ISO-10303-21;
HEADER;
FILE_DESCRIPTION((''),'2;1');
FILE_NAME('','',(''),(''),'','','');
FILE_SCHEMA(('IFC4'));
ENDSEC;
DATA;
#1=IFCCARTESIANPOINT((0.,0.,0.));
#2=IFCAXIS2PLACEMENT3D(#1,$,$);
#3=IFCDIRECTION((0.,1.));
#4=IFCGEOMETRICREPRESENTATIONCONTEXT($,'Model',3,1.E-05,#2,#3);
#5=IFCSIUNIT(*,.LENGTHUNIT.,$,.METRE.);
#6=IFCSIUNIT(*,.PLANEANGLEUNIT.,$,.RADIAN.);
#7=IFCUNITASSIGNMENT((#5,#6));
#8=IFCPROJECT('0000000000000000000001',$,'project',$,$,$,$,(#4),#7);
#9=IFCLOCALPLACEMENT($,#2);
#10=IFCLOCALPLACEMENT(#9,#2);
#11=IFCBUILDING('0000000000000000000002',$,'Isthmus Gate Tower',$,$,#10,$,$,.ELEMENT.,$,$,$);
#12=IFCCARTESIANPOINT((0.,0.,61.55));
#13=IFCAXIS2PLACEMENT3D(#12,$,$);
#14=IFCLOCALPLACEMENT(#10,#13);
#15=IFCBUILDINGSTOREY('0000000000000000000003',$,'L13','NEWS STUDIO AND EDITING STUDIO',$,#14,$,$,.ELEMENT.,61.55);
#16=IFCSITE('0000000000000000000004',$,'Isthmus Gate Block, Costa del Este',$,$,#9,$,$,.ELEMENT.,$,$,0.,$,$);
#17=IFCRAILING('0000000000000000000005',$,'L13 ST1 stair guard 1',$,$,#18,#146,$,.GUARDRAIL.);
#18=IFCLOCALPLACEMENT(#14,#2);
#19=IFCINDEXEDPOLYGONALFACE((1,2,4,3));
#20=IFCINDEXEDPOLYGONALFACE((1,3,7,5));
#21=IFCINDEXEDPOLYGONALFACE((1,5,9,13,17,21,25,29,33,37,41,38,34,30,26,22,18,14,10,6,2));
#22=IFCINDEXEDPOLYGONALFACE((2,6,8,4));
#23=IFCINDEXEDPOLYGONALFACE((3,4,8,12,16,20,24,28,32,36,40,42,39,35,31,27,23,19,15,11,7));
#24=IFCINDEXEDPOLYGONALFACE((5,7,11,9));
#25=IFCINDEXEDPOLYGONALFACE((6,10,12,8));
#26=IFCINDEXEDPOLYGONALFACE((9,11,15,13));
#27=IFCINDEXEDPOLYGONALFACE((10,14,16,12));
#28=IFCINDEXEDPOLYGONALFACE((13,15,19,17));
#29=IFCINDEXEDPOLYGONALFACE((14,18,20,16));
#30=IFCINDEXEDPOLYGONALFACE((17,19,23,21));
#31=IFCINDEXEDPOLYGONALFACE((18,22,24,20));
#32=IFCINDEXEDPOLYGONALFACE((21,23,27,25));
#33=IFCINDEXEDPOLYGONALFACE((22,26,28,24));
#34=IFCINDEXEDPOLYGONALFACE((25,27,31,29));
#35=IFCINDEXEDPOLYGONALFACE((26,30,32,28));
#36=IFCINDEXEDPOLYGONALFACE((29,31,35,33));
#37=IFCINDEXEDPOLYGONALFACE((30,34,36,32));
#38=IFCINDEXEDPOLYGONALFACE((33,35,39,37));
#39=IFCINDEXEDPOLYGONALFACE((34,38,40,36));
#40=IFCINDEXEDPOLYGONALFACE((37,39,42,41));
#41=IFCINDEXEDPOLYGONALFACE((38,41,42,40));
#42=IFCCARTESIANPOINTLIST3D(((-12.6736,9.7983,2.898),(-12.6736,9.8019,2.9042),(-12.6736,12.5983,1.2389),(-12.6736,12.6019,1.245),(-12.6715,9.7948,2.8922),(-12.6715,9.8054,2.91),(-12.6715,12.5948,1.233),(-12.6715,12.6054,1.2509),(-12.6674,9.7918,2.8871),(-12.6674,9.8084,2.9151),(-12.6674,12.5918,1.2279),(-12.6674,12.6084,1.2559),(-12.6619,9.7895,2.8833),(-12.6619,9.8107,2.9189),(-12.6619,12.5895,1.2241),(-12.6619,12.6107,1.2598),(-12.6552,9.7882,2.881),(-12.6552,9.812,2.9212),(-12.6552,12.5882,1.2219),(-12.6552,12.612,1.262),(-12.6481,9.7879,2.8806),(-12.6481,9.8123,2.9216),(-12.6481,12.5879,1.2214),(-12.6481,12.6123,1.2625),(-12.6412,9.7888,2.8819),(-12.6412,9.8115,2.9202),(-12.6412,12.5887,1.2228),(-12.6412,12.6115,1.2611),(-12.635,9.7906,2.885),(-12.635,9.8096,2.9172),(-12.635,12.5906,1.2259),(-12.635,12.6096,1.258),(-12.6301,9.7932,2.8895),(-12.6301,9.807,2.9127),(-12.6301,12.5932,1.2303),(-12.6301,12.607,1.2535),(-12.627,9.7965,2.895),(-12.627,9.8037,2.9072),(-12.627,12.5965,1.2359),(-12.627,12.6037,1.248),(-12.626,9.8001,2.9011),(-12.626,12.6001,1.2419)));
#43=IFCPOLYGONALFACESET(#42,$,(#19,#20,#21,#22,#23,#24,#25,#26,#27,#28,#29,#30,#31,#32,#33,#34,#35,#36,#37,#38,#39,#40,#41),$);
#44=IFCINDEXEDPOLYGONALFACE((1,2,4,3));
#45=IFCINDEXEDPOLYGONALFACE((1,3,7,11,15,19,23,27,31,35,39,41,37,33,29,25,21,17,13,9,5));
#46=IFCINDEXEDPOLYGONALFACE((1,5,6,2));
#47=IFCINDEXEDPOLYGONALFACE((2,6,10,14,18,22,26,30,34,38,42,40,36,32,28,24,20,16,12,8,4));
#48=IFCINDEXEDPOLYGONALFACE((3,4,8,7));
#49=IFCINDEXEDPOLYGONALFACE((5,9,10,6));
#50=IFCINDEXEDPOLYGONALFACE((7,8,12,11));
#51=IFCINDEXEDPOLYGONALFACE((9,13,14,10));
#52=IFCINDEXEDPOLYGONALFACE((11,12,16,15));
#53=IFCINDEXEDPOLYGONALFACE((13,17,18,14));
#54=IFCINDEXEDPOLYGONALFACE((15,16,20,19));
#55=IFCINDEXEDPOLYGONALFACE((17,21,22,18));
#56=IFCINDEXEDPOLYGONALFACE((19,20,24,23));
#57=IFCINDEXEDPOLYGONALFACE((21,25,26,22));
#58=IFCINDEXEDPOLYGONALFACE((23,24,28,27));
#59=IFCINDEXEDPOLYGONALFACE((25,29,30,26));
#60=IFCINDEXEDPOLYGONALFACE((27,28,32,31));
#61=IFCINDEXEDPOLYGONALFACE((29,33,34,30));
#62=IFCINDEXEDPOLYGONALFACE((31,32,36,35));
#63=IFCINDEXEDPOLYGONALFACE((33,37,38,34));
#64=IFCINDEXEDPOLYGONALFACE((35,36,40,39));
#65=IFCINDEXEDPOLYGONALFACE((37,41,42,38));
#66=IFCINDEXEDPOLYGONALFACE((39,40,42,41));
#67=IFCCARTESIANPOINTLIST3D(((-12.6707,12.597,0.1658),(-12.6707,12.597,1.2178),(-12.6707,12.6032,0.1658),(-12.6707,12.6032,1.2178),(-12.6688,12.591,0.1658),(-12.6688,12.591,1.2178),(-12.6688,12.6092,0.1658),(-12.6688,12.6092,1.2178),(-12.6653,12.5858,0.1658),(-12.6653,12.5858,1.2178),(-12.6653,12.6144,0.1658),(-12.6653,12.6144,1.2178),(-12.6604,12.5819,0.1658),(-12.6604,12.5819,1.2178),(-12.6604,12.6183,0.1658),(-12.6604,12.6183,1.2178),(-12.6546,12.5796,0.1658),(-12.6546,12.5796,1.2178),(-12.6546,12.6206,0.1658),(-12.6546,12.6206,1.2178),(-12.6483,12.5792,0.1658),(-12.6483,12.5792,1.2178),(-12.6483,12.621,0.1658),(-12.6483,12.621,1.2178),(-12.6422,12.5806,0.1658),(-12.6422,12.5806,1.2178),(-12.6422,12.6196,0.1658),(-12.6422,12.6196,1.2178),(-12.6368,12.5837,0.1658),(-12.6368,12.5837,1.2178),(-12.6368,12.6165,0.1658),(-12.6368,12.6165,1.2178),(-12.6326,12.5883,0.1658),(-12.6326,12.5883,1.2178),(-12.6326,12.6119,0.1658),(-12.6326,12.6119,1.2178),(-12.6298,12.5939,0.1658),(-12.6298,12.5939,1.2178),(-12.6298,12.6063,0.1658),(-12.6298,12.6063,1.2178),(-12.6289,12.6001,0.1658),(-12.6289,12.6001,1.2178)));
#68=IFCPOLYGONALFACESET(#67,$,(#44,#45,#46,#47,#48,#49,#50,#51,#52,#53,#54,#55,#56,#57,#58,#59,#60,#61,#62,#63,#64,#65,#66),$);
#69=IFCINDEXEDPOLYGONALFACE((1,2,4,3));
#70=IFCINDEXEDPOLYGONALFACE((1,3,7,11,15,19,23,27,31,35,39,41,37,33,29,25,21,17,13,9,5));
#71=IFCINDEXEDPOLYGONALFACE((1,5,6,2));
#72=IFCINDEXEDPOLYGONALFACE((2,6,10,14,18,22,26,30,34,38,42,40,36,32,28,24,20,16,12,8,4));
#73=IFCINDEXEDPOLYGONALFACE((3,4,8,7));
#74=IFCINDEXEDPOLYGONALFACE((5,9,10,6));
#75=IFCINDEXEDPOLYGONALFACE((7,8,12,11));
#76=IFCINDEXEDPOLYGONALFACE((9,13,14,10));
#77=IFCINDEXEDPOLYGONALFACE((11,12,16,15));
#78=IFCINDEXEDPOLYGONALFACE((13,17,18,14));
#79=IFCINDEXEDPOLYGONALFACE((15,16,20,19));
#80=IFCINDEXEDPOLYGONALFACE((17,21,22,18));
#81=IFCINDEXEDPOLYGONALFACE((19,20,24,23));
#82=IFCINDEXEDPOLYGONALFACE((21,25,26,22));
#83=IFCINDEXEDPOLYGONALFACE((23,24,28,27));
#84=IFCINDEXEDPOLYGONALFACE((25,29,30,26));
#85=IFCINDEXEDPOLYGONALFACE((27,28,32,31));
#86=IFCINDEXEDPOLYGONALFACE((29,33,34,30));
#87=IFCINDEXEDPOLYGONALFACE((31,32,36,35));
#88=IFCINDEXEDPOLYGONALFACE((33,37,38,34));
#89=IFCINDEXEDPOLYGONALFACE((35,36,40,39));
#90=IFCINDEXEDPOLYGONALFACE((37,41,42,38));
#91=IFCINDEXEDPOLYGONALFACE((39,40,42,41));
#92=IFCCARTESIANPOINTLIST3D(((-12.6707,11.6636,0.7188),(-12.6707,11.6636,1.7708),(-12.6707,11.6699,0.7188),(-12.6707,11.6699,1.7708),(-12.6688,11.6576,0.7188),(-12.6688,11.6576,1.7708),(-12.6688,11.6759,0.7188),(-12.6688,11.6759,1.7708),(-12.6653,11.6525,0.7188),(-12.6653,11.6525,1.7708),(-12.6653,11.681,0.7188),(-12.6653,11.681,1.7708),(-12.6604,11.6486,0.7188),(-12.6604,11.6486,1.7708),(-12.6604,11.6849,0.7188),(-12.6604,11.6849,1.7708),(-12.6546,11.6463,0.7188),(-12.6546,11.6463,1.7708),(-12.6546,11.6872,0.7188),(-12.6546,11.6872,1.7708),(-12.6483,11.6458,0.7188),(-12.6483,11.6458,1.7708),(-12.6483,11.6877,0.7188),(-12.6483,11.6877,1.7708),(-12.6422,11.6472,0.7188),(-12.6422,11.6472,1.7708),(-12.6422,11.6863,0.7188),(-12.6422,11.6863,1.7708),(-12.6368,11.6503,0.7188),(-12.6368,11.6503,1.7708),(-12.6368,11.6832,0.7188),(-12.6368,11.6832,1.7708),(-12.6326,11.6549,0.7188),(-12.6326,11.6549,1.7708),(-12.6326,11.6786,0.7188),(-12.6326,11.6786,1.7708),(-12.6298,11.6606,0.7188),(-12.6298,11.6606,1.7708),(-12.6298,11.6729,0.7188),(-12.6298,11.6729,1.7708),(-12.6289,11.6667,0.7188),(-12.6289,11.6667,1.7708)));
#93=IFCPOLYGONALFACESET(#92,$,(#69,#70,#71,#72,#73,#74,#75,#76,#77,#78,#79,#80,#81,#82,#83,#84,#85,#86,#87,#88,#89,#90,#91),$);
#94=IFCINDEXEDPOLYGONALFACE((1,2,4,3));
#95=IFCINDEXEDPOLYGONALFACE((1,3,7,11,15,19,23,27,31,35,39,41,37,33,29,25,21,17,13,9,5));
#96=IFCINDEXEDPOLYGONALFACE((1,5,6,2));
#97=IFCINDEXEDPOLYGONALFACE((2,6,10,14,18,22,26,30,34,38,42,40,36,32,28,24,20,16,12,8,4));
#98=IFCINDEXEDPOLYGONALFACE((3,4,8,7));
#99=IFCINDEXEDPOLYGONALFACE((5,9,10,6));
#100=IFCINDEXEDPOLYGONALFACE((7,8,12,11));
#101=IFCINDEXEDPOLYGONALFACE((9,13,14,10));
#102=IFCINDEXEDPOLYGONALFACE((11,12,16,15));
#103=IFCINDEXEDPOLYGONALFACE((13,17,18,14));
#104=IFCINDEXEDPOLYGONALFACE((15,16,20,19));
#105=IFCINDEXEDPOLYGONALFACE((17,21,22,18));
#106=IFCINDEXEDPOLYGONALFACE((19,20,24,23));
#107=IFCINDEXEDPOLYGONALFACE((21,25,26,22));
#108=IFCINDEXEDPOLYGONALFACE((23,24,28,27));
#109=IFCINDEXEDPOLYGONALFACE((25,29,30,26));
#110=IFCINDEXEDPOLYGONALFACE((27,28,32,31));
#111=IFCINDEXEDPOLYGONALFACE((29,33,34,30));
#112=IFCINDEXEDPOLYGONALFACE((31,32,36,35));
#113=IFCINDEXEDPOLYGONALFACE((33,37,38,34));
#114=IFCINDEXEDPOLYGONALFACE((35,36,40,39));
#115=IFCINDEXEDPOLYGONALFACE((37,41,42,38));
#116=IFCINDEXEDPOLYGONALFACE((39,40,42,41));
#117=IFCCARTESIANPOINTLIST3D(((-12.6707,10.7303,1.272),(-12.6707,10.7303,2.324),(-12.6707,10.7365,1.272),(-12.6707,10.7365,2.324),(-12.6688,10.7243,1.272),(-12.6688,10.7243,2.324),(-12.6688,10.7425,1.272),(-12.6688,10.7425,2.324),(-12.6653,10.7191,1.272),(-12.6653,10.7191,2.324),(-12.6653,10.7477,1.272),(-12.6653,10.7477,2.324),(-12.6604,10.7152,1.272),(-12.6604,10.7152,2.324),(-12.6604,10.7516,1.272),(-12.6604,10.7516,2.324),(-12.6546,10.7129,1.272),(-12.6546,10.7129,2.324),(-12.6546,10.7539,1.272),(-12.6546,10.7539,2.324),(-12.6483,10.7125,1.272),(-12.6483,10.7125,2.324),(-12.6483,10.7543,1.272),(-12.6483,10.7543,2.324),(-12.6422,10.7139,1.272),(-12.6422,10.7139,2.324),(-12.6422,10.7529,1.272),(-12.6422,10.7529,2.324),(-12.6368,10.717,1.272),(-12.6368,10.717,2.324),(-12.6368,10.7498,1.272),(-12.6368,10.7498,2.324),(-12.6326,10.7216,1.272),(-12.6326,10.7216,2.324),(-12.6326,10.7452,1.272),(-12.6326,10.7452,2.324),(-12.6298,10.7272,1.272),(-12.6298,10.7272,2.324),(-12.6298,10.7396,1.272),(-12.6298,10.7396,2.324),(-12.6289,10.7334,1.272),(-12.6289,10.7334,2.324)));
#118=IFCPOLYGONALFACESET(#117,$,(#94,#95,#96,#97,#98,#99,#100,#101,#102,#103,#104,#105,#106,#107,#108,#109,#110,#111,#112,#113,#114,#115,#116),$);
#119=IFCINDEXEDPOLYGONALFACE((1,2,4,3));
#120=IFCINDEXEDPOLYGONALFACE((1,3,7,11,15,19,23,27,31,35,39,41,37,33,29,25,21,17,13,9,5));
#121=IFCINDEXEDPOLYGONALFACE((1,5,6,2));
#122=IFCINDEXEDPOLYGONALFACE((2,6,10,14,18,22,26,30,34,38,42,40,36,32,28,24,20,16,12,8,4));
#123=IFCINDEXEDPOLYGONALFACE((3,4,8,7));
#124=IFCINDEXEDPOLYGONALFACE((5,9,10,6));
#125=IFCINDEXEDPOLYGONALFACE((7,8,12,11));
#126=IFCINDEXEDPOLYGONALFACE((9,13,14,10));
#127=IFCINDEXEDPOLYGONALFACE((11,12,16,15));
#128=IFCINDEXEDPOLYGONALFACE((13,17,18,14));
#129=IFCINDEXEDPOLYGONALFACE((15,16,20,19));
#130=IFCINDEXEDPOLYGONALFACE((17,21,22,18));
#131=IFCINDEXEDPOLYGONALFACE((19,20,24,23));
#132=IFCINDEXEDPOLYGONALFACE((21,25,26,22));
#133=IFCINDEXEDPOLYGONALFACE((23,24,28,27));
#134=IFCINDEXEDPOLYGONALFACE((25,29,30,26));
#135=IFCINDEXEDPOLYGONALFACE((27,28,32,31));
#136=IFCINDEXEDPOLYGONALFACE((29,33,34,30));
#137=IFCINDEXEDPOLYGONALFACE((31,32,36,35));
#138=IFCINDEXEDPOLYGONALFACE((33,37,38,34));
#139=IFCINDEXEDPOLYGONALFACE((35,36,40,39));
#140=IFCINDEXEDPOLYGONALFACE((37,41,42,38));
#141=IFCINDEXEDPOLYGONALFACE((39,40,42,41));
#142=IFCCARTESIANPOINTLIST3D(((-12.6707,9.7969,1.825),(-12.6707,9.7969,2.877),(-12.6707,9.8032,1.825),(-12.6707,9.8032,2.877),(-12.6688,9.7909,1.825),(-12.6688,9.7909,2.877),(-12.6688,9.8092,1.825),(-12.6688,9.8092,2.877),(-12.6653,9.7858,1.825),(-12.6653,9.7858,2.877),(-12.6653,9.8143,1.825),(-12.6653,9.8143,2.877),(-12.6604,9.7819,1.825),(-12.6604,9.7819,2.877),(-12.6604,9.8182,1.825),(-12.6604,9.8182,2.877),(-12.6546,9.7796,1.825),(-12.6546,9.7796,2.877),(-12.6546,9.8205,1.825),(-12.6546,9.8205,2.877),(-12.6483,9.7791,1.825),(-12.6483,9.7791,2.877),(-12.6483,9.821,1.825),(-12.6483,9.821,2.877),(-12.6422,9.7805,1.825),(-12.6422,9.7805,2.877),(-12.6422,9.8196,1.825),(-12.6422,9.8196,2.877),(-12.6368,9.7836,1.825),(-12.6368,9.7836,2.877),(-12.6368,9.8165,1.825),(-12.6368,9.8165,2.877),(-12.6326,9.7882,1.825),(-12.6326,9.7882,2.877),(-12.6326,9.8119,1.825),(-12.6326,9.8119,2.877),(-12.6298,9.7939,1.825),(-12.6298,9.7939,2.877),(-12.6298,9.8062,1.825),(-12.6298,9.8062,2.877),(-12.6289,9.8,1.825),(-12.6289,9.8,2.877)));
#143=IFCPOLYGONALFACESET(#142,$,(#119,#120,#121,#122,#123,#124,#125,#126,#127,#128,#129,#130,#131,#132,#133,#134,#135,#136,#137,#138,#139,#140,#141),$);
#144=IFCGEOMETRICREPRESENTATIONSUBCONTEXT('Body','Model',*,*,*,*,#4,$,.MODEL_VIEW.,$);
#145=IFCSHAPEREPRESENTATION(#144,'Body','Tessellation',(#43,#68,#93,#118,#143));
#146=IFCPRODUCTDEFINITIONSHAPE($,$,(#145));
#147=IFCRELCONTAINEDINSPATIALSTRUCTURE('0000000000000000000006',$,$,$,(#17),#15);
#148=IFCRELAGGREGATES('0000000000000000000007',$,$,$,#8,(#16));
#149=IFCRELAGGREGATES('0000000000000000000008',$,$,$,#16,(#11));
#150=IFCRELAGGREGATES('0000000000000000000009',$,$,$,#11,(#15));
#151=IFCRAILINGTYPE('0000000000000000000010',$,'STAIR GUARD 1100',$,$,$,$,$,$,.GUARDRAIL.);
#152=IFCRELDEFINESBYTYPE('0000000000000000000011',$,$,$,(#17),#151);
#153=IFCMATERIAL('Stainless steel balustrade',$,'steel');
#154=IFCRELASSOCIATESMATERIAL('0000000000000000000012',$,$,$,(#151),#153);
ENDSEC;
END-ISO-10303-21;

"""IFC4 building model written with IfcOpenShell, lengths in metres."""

from ifc_helpers import new_model, si_unit, direction, frame, origin, origin_2d, place, context, subcontext, project, spatial, circle, extrude, material, type_object, element, save


model = new_model("IFC4")

# Units and contexts
model_context = context("Model", 3, precision=1e-05, world=origin(), true_north=direction((0.0, 1.0)))
body_context = subcontext(model_context, "Body", "Model", "MODEL_VIEW")
ifc_project = project(units=[si_unit("LENGTHUNIT", "METRE"), si_unit("PLANEANGLEUNIT", "RADIAN")], contexts=[model_context])

# Site, building, storey
site_placement = place(None, origin())
site = spatial("IfcSite", under=ifc_project, at=site_placement, Name="Isthmus Gate Block, Costa del Este", CompositionType="ELEMENT", RefElevation=0.0)
building_placement = place(site_placement, origin())
building = spatial("IfcBuilding", under=site, at=building_placement, Name="Isthmus Gate Tower", CompositionType="ELEMENT")
storey_placement = place(building_placement, frame((0.0, 0.0, 61.55)))
storey = spatial("IfcBuildingStorey", under=building, at=storey_placement, Name="L13", Description="NEWS STUDIO AND EDITING STUDIO", CompositionType="ELEMENT", Elevation=61.55)

# Railing
ifc_material_1 = material(Name="Stainless steel balustrade", Category="steel")
railing_type_1 = type_object("IfcRailingType", Name="STAIR GUARD 1100", PredefinedType="GUARDRAIL", material=ifc_material_1)
railing_1_placement = place(storey_placement, frame((-12.6499, 12.6001, 0.1658)))
element("IfcRailing", 1, at=railing_1_placement, inside=storey, type_object=railing_type_1, Name="L13 ST1 stair guard 1", PredefinedType="GUARDRAIL", context=body_context, shape_type="SweptSolid", body=[
    extrude(circle(Radius=0.0239, at=origin_2d()), frame((0.0, 0.0, 1.0762), z_axis=(0.0, -0.860306, 0.509778), x_axis=(1.0, 0.0, 0.0)), (0.0, 0.0, 1.0), 3.2546),
    extrude(circle(Radius=0.021, at=origin_2d()), origin(), (0.0, 0.0, 1.0), 1.052),
    extrude(circle(Radius=0.021, at=origin_2d()), frame((0.0, -0.9333, 0.553)), (0.0, 0.0, 1.0), 1.052),
    extrude(circle(Radius=0.021, at=origin_2d()), frame((0.0, -1.8667, 1.1062)), (0.0, 0.0, 1.0), 1.052),
    extrude(circle(Radius=0.021, at=origin_2d()), frame((0.0, -2.8, 1.6592)), (0.0, 0.0, 1.0), 1.052),
])

save(model, "model.ifc")
